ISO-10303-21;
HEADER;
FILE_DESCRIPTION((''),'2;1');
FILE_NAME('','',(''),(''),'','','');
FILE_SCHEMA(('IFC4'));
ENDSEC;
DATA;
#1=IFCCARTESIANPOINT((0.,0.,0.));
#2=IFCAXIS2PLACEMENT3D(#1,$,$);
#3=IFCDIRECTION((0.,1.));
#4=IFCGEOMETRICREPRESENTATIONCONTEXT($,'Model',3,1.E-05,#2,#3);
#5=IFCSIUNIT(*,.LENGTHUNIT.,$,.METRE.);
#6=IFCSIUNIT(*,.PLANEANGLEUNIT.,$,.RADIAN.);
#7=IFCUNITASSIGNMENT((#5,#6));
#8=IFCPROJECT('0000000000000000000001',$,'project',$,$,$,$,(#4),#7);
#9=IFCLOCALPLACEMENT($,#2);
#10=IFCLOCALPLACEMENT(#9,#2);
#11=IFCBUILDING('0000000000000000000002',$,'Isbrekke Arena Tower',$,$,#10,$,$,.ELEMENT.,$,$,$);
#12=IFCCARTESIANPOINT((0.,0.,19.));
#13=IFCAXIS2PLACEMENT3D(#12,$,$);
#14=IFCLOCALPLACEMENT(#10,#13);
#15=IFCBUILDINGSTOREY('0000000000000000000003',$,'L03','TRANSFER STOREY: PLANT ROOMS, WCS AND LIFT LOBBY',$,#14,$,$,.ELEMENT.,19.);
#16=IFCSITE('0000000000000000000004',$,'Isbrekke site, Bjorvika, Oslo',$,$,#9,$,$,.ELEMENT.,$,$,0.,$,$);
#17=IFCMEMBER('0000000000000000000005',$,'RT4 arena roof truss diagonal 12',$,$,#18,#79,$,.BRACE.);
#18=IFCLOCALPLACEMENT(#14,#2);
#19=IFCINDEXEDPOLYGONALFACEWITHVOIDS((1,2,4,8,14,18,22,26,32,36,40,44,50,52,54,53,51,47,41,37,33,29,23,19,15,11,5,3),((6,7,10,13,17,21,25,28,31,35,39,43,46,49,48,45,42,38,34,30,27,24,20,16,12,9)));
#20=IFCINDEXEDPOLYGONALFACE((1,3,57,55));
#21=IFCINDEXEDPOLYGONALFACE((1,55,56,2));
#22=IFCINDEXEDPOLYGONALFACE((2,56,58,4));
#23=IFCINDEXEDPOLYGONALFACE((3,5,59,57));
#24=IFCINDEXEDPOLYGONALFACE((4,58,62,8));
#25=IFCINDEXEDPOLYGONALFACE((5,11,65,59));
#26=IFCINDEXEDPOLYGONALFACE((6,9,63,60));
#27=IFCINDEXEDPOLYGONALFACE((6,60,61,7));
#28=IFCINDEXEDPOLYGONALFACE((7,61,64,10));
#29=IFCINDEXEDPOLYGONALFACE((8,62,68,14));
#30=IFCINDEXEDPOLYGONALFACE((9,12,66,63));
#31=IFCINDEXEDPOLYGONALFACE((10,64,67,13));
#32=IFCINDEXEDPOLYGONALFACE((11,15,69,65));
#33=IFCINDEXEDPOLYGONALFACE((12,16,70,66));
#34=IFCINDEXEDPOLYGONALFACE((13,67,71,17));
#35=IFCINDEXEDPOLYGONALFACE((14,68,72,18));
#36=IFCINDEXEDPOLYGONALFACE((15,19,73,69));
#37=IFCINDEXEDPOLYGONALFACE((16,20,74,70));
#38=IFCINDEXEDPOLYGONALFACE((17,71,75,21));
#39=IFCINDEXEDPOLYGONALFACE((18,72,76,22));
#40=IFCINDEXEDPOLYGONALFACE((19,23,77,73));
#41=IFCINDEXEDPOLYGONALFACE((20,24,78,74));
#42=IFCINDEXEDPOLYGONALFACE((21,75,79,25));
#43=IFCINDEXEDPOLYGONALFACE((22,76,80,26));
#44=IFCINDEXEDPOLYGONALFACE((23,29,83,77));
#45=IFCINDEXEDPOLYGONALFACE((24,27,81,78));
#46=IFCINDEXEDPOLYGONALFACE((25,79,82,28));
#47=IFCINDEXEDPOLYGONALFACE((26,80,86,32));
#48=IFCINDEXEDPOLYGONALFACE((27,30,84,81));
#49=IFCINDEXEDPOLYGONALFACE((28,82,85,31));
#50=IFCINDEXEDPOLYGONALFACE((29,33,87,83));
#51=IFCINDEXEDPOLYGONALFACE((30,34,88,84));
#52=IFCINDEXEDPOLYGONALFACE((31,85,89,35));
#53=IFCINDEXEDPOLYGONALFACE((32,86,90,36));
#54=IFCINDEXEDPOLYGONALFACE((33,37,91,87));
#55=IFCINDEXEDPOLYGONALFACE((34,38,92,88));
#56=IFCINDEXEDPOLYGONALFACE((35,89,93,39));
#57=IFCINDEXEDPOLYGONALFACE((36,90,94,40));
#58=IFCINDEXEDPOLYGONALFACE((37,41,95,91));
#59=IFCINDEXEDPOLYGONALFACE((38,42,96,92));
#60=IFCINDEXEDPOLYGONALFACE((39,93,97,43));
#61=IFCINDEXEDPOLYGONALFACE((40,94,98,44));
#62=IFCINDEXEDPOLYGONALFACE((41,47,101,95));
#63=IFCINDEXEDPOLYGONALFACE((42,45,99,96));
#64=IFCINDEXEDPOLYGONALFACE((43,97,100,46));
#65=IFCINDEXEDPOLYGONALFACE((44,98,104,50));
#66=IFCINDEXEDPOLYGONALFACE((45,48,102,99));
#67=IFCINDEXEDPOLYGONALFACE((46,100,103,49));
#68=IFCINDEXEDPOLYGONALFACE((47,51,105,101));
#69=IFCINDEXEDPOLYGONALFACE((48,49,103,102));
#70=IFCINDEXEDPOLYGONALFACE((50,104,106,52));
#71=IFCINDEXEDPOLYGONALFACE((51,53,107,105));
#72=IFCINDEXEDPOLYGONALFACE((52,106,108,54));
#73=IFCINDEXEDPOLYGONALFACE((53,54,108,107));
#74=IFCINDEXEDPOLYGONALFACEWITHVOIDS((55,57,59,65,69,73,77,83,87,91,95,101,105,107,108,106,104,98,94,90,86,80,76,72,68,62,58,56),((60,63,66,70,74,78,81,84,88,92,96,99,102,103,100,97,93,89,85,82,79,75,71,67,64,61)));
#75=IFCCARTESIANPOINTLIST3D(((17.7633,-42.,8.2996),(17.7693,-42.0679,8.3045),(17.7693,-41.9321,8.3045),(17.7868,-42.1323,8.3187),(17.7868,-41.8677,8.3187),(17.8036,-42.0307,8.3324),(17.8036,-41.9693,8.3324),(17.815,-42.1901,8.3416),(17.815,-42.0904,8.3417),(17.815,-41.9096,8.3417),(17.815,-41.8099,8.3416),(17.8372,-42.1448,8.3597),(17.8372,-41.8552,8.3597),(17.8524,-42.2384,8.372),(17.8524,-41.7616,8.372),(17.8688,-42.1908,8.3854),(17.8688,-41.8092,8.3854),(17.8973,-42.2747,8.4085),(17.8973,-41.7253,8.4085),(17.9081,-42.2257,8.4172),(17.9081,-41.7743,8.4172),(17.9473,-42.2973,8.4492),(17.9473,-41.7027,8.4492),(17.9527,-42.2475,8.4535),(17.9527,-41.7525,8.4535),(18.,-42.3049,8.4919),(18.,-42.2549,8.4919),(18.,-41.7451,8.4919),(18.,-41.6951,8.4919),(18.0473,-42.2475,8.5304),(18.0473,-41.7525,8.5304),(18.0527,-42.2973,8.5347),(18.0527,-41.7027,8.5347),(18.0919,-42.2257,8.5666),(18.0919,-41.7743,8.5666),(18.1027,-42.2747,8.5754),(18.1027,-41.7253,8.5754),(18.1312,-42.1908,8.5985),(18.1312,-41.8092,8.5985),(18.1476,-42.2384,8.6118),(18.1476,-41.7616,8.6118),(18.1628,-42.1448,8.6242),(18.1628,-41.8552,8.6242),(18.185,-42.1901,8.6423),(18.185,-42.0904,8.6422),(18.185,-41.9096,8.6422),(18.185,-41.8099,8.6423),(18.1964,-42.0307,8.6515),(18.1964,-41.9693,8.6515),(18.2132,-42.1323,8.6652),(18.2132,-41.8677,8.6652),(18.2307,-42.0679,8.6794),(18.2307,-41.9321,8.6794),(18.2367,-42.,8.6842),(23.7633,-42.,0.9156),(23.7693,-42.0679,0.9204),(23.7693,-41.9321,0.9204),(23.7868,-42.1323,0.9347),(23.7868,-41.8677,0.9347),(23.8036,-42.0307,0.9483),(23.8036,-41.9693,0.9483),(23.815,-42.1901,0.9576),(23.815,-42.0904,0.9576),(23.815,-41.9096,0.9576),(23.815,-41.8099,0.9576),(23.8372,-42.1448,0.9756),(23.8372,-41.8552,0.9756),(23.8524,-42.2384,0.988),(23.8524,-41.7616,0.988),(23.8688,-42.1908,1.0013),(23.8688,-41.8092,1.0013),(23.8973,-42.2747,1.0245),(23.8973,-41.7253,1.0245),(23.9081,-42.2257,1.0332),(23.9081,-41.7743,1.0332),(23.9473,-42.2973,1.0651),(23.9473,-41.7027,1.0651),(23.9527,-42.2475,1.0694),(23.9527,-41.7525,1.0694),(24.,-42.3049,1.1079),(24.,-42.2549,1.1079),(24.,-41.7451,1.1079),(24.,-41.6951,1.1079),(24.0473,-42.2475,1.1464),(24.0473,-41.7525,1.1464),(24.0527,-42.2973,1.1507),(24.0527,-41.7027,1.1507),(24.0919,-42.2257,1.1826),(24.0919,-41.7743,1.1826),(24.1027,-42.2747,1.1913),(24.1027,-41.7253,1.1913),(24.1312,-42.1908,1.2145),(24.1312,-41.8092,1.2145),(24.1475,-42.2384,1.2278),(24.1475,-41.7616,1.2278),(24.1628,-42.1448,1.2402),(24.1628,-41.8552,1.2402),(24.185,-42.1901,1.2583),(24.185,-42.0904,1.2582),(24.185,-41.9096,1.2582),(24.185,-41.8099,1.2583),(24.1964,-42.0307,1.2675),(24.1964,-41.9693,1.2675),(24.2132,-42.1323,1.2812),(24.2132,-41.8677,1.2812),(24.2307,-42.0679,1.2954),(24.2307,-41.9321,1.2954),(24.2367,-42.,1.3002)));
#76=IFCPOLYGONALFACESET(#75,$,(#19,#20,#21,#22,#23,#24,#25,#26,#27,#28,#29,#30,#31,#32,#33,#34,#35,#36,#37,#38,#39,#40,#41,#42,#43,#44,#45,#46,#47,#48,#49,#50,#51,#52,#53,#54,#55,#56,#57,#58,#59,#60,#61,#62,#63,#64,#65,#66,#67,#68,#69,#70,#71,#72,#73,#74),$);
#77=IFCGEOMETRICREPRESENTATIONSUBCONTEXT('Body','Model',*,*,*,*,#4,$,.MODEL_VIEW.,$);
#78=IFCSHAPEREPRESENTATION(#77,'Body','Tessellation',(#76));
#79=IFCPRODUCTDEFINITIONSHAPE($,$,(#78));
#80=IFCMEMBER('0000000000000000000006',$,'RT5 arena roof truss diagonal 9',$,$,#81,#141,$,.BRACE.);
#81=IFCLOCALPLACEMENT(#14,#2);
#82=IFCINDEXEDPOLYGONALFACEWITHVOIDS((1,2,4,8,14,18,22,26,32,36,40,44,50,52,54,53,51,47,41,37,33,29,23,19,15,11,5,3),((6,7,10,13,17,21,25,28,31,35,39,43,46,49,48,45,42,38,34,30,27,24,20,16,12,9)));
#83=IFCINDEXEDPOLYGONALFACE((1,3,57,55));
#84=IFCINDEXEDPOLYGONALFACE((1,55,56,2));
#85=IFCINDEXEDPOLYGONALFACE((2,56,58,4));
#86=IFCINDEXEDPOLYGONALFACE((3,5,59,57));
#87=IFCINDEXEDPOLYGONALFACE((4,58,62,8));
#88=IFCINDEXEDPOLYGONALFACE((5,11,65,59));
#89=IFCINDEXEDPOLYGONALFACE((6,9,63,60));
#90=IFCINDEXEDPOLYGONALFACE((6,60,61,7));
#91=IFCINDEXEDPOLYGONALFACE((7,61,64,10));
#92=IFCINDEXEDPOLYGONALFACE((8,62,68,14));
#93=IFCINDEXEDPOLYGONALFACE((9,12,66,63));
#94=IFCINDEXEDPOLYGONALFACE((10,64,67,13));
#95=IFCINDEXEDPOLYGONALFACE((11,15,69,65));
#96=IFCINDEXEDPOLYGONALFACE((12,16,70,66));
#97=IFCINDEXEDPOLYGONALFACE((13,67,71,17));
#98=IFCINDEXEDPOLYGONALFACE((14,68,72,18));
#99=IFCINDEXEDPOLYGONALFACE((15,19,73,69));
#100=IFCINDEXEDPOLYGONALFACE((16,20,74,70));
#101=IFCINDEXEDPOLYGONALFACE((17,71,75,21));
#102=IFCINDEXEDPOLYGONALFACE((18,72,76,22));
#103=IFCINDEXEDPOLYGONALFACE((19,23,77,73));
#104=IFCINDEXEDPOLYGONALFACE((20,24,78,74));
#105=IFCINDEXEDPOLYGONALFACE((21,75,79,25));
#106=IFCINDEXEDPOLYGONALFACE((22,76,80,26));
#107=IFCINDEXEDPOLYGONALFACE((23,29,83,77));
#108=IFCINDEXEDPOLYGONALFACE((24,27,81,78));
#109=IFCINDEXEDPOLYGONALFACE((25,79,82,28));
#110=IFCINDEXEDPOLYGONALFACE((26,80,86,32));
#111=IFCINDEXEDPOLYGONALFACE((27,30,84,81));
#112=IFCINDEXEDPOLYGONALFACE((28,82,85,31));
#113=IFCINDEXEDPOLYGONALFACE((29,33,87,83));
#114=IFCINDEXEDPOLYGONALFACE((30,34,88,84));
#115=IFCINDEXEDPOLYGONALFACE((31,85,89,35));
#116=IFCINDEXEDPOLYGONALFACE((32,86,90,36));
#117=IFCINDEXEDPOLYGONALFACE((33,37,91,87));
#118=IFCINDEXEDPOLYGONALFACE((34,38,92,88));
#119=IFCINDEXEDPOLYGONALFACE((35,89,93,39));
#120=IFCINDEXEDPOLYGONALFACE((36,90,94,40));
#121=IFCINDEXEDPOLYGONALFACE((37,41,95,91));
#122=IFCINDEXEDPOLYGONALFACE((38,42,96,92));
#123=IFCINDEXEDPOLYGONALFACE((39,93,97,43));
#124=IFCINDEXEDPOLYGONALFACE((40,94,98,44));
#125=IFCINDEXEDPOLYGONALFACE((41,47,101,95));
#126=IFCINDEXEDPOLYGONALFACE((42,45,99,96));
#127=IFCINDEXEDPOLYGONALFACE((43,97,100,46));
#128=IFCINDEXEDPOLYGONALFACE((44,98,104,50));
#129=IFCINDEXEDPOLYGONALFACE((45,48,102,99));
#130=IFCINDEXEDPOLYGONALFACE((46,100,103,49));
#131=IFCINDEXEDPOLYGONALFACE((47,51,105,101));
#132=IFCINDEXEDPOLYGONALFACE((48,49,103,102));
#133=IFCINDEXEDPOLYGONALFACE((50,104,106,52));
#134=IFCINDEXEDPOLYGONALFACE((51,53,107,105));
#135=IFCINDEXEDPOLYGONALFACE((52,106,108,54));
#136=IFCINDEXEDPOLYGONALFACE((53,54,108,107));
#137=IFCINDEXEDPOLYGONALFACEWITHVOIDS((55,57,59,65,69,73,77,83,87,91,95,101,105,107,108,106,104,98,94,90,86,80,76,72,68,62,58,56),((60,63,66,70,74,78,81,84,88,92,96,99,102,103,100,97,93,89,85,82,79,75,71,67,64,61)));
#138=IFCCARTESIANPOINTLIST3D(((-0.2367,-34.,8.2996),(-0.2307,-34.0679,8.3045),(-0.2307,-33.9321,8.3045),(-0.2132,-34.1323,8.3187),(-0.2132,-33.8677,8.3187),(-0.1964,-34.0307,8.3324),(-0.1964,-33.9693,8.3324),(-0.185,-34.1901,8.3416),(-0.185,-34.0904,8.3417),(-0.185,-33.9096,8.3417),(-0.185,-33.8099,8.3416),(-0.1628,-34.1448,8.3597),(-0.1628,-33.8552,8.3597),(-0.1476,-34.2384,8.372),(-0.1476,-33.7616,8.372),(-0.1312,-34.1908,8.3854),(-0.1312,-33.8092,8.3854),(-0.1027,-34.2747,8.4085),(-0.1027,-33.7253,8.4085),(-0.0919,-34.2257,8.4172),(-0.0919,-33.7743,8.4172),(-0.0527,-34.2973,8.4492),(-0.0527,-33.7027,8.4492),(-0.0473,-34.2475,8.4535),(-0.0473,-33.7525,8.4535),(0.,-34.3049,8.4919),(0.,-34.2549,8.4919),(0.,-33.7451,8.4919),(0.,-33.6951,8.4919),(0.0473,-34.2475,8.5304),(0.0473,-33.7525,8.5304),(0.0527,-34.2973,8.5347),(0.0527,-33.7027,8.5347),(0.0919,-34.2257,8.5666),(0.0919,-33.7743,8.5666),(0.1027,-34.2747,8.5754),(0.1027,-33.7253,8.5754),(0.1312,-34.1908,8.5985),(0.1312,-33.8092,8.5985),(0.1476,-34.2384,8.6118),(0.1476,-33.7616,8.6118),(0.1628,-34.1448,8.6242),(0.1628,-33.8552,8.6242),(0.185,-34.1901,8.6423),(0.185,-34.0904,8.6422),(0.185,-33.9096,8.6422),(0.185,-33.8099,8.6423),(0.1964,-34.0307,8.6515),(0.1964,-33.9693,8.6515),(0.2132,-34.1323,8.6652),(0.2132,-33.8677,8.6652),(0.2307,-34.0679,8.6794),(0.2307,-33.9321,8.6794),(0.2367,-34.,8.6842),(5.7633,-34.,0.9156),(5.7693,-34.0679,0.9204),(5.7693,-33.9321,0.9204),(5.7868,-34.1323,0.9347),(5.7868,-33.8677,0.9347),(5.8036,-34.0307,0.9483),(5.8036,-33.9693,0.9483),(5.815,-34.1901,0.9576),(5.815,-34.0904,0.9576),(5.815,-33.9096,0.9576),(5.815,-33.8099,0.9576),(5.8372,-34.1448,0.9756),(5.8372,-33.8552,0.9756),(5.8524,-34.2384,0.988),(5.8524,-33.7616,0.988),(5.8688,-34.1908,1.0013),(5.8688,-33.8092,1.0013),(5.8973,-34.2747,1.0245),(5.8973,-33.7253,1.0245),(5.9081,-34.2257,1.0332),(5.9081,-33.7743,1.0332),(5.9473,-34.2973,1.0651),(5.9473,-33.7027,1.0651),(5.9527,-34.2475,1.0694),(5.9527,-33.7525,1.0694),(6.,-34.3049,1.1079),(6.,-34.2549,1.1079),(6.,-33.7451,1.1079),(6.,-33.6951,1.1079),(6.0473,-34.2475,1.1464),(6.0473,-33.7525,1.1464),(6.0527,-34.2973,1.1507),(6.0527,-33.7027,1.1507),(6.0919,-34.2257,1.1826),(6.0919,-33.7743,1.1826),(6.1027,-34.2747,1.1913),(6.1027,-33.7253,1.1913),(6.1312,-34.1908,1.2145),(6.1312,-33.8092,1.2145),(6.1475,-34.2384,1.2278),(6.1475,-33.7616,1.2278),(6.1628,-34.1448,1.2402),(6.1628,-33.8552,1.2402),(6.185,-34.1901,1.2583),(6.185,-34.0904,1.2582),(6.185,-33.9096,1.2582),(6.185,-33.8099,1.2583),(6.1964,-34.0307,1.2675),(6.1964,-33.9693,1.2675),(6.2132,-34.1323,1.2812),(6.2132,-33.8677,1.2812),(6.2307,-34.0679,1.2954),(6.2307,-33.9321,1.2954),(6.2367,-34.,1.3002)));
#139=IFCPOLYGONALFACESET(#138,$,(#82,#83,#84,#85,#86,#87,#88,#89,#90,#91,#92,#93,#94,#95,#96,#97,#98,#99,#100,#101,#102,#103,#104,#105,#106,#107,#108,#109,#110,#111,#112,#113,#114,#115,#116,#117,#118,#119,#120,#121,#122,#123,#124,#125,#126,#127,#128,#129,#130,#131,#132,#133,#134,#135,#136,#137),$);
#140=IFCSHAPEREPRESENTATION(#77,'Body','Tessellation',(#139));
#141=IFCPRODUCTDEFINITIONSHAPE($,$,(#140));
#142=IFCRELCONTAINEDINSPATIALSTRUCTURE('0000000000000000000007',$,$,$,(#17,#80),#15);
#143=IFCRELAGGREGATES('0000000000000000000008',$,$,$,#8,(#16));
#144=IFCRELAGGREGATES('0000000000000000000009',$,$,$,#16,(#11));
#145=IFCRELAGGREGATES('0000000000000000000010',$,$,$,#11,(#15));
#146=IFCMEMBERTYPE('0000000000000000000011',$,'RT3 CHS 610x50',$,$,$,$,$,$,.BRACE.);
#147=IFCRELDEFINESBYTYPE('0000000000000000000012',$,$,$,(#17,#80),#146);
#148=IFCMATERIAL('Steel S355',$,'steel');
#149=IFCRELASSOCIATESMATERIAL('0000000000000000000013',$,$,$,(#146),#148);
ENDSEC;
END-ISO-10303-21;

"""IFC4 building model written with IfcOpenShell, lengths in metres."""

from ifc_helpers import new_model, si_unit, direction, frame, origin, origin_2d, place, context, subcontext, project, spatial, hollow_circle, extrude, material, material_profile, profile_set, type_object, element, save


model = new_model("IFC4")

# Units and contexts
model_context = context("Model", 3, precision=1e-05, world=origin(), true_north=direction((0.0, 1.0)))
body_context = subcontext(model_context, "Body", "Model", "MODEL_VIEW")
ifc_project = project(units=[si_unit("LENGTHUNIT", "METRE"), si_unit("PLANEANGLEUNIT", "RADIAN")], contexts=[model_context])

# Site, building, storey
site_placement = place(None, origin())
site = spatial("IfcSite", under=ifc_project, at=site_placement, Name="Isbrekke site, Bjorvika, Oslo", CompositionType="ELEMENT", RefElevation=0.0)
building_placement = place(site_placement, origin())
building = spatial("IfcBuilding", under=site, at=building_placement, Name="Isbrekke Arena Tower", CompositionType="ELEMENT")
storey_placement = place(building_placement, frame((0.0, 0.0, 19.0)))
storey = spatial("IfcBuildingStorey", under=building, at=storey_placement, Name="L03", Description="TRANSFER STOREY: PLANT ROOMS, WCS AND LIFT LOBBY", CompositionType="ELEMENT", Elevation=19.0)

# Members
ifc_material_1 = material(Name="Steel S355", Category="steel")
ifc_material_profile_1 = material_profile(ifc_material_1, hollow_circle(Radius=0.3049, WallThickness=0.05, at=origin_2d()), Name="CHS 610x50")
ifc_profile_set_1 = profile_set([ifc_material_profile_1], Name="Steel S355")
member_type_1 = type_object("IfcMemberType", Name="RT3 CHS 610x50", PredefinedType="BRACE", material=ifc_profile_set_1)
for number, where, z_axis, x_axis, name in (
    (1, (18.0, -42.0, 8.4919), (0.630623, 0.0, -0.77609), (0.0, 1.0, 0.0), "RT4 arena roof truss diagonal 12"),
    (2, (0.0, -34.0, 8.4919), (0.630623, 0.0, -0.77609), (0.0, 1.0, 0.0), "RT5 arena roof truss diagonal 9"),
):
    element("IfcMember", number, at=place(storey_placement, frame(where, z_axis=z_axis, x_axis=x_axis)), inside=storey, type_object=member_type_1, Name=name, PredefinedType="BRACE", context=body_context, shape_type="SweptSolid", body=[
        extrude(hollow_circle(Radius=0.3049, WallThickness=0.05, at=origin_2d()), origin(), (0.0, 0.0, 1.0), 9.5144),
    ])

save(model, "model.ifc")
